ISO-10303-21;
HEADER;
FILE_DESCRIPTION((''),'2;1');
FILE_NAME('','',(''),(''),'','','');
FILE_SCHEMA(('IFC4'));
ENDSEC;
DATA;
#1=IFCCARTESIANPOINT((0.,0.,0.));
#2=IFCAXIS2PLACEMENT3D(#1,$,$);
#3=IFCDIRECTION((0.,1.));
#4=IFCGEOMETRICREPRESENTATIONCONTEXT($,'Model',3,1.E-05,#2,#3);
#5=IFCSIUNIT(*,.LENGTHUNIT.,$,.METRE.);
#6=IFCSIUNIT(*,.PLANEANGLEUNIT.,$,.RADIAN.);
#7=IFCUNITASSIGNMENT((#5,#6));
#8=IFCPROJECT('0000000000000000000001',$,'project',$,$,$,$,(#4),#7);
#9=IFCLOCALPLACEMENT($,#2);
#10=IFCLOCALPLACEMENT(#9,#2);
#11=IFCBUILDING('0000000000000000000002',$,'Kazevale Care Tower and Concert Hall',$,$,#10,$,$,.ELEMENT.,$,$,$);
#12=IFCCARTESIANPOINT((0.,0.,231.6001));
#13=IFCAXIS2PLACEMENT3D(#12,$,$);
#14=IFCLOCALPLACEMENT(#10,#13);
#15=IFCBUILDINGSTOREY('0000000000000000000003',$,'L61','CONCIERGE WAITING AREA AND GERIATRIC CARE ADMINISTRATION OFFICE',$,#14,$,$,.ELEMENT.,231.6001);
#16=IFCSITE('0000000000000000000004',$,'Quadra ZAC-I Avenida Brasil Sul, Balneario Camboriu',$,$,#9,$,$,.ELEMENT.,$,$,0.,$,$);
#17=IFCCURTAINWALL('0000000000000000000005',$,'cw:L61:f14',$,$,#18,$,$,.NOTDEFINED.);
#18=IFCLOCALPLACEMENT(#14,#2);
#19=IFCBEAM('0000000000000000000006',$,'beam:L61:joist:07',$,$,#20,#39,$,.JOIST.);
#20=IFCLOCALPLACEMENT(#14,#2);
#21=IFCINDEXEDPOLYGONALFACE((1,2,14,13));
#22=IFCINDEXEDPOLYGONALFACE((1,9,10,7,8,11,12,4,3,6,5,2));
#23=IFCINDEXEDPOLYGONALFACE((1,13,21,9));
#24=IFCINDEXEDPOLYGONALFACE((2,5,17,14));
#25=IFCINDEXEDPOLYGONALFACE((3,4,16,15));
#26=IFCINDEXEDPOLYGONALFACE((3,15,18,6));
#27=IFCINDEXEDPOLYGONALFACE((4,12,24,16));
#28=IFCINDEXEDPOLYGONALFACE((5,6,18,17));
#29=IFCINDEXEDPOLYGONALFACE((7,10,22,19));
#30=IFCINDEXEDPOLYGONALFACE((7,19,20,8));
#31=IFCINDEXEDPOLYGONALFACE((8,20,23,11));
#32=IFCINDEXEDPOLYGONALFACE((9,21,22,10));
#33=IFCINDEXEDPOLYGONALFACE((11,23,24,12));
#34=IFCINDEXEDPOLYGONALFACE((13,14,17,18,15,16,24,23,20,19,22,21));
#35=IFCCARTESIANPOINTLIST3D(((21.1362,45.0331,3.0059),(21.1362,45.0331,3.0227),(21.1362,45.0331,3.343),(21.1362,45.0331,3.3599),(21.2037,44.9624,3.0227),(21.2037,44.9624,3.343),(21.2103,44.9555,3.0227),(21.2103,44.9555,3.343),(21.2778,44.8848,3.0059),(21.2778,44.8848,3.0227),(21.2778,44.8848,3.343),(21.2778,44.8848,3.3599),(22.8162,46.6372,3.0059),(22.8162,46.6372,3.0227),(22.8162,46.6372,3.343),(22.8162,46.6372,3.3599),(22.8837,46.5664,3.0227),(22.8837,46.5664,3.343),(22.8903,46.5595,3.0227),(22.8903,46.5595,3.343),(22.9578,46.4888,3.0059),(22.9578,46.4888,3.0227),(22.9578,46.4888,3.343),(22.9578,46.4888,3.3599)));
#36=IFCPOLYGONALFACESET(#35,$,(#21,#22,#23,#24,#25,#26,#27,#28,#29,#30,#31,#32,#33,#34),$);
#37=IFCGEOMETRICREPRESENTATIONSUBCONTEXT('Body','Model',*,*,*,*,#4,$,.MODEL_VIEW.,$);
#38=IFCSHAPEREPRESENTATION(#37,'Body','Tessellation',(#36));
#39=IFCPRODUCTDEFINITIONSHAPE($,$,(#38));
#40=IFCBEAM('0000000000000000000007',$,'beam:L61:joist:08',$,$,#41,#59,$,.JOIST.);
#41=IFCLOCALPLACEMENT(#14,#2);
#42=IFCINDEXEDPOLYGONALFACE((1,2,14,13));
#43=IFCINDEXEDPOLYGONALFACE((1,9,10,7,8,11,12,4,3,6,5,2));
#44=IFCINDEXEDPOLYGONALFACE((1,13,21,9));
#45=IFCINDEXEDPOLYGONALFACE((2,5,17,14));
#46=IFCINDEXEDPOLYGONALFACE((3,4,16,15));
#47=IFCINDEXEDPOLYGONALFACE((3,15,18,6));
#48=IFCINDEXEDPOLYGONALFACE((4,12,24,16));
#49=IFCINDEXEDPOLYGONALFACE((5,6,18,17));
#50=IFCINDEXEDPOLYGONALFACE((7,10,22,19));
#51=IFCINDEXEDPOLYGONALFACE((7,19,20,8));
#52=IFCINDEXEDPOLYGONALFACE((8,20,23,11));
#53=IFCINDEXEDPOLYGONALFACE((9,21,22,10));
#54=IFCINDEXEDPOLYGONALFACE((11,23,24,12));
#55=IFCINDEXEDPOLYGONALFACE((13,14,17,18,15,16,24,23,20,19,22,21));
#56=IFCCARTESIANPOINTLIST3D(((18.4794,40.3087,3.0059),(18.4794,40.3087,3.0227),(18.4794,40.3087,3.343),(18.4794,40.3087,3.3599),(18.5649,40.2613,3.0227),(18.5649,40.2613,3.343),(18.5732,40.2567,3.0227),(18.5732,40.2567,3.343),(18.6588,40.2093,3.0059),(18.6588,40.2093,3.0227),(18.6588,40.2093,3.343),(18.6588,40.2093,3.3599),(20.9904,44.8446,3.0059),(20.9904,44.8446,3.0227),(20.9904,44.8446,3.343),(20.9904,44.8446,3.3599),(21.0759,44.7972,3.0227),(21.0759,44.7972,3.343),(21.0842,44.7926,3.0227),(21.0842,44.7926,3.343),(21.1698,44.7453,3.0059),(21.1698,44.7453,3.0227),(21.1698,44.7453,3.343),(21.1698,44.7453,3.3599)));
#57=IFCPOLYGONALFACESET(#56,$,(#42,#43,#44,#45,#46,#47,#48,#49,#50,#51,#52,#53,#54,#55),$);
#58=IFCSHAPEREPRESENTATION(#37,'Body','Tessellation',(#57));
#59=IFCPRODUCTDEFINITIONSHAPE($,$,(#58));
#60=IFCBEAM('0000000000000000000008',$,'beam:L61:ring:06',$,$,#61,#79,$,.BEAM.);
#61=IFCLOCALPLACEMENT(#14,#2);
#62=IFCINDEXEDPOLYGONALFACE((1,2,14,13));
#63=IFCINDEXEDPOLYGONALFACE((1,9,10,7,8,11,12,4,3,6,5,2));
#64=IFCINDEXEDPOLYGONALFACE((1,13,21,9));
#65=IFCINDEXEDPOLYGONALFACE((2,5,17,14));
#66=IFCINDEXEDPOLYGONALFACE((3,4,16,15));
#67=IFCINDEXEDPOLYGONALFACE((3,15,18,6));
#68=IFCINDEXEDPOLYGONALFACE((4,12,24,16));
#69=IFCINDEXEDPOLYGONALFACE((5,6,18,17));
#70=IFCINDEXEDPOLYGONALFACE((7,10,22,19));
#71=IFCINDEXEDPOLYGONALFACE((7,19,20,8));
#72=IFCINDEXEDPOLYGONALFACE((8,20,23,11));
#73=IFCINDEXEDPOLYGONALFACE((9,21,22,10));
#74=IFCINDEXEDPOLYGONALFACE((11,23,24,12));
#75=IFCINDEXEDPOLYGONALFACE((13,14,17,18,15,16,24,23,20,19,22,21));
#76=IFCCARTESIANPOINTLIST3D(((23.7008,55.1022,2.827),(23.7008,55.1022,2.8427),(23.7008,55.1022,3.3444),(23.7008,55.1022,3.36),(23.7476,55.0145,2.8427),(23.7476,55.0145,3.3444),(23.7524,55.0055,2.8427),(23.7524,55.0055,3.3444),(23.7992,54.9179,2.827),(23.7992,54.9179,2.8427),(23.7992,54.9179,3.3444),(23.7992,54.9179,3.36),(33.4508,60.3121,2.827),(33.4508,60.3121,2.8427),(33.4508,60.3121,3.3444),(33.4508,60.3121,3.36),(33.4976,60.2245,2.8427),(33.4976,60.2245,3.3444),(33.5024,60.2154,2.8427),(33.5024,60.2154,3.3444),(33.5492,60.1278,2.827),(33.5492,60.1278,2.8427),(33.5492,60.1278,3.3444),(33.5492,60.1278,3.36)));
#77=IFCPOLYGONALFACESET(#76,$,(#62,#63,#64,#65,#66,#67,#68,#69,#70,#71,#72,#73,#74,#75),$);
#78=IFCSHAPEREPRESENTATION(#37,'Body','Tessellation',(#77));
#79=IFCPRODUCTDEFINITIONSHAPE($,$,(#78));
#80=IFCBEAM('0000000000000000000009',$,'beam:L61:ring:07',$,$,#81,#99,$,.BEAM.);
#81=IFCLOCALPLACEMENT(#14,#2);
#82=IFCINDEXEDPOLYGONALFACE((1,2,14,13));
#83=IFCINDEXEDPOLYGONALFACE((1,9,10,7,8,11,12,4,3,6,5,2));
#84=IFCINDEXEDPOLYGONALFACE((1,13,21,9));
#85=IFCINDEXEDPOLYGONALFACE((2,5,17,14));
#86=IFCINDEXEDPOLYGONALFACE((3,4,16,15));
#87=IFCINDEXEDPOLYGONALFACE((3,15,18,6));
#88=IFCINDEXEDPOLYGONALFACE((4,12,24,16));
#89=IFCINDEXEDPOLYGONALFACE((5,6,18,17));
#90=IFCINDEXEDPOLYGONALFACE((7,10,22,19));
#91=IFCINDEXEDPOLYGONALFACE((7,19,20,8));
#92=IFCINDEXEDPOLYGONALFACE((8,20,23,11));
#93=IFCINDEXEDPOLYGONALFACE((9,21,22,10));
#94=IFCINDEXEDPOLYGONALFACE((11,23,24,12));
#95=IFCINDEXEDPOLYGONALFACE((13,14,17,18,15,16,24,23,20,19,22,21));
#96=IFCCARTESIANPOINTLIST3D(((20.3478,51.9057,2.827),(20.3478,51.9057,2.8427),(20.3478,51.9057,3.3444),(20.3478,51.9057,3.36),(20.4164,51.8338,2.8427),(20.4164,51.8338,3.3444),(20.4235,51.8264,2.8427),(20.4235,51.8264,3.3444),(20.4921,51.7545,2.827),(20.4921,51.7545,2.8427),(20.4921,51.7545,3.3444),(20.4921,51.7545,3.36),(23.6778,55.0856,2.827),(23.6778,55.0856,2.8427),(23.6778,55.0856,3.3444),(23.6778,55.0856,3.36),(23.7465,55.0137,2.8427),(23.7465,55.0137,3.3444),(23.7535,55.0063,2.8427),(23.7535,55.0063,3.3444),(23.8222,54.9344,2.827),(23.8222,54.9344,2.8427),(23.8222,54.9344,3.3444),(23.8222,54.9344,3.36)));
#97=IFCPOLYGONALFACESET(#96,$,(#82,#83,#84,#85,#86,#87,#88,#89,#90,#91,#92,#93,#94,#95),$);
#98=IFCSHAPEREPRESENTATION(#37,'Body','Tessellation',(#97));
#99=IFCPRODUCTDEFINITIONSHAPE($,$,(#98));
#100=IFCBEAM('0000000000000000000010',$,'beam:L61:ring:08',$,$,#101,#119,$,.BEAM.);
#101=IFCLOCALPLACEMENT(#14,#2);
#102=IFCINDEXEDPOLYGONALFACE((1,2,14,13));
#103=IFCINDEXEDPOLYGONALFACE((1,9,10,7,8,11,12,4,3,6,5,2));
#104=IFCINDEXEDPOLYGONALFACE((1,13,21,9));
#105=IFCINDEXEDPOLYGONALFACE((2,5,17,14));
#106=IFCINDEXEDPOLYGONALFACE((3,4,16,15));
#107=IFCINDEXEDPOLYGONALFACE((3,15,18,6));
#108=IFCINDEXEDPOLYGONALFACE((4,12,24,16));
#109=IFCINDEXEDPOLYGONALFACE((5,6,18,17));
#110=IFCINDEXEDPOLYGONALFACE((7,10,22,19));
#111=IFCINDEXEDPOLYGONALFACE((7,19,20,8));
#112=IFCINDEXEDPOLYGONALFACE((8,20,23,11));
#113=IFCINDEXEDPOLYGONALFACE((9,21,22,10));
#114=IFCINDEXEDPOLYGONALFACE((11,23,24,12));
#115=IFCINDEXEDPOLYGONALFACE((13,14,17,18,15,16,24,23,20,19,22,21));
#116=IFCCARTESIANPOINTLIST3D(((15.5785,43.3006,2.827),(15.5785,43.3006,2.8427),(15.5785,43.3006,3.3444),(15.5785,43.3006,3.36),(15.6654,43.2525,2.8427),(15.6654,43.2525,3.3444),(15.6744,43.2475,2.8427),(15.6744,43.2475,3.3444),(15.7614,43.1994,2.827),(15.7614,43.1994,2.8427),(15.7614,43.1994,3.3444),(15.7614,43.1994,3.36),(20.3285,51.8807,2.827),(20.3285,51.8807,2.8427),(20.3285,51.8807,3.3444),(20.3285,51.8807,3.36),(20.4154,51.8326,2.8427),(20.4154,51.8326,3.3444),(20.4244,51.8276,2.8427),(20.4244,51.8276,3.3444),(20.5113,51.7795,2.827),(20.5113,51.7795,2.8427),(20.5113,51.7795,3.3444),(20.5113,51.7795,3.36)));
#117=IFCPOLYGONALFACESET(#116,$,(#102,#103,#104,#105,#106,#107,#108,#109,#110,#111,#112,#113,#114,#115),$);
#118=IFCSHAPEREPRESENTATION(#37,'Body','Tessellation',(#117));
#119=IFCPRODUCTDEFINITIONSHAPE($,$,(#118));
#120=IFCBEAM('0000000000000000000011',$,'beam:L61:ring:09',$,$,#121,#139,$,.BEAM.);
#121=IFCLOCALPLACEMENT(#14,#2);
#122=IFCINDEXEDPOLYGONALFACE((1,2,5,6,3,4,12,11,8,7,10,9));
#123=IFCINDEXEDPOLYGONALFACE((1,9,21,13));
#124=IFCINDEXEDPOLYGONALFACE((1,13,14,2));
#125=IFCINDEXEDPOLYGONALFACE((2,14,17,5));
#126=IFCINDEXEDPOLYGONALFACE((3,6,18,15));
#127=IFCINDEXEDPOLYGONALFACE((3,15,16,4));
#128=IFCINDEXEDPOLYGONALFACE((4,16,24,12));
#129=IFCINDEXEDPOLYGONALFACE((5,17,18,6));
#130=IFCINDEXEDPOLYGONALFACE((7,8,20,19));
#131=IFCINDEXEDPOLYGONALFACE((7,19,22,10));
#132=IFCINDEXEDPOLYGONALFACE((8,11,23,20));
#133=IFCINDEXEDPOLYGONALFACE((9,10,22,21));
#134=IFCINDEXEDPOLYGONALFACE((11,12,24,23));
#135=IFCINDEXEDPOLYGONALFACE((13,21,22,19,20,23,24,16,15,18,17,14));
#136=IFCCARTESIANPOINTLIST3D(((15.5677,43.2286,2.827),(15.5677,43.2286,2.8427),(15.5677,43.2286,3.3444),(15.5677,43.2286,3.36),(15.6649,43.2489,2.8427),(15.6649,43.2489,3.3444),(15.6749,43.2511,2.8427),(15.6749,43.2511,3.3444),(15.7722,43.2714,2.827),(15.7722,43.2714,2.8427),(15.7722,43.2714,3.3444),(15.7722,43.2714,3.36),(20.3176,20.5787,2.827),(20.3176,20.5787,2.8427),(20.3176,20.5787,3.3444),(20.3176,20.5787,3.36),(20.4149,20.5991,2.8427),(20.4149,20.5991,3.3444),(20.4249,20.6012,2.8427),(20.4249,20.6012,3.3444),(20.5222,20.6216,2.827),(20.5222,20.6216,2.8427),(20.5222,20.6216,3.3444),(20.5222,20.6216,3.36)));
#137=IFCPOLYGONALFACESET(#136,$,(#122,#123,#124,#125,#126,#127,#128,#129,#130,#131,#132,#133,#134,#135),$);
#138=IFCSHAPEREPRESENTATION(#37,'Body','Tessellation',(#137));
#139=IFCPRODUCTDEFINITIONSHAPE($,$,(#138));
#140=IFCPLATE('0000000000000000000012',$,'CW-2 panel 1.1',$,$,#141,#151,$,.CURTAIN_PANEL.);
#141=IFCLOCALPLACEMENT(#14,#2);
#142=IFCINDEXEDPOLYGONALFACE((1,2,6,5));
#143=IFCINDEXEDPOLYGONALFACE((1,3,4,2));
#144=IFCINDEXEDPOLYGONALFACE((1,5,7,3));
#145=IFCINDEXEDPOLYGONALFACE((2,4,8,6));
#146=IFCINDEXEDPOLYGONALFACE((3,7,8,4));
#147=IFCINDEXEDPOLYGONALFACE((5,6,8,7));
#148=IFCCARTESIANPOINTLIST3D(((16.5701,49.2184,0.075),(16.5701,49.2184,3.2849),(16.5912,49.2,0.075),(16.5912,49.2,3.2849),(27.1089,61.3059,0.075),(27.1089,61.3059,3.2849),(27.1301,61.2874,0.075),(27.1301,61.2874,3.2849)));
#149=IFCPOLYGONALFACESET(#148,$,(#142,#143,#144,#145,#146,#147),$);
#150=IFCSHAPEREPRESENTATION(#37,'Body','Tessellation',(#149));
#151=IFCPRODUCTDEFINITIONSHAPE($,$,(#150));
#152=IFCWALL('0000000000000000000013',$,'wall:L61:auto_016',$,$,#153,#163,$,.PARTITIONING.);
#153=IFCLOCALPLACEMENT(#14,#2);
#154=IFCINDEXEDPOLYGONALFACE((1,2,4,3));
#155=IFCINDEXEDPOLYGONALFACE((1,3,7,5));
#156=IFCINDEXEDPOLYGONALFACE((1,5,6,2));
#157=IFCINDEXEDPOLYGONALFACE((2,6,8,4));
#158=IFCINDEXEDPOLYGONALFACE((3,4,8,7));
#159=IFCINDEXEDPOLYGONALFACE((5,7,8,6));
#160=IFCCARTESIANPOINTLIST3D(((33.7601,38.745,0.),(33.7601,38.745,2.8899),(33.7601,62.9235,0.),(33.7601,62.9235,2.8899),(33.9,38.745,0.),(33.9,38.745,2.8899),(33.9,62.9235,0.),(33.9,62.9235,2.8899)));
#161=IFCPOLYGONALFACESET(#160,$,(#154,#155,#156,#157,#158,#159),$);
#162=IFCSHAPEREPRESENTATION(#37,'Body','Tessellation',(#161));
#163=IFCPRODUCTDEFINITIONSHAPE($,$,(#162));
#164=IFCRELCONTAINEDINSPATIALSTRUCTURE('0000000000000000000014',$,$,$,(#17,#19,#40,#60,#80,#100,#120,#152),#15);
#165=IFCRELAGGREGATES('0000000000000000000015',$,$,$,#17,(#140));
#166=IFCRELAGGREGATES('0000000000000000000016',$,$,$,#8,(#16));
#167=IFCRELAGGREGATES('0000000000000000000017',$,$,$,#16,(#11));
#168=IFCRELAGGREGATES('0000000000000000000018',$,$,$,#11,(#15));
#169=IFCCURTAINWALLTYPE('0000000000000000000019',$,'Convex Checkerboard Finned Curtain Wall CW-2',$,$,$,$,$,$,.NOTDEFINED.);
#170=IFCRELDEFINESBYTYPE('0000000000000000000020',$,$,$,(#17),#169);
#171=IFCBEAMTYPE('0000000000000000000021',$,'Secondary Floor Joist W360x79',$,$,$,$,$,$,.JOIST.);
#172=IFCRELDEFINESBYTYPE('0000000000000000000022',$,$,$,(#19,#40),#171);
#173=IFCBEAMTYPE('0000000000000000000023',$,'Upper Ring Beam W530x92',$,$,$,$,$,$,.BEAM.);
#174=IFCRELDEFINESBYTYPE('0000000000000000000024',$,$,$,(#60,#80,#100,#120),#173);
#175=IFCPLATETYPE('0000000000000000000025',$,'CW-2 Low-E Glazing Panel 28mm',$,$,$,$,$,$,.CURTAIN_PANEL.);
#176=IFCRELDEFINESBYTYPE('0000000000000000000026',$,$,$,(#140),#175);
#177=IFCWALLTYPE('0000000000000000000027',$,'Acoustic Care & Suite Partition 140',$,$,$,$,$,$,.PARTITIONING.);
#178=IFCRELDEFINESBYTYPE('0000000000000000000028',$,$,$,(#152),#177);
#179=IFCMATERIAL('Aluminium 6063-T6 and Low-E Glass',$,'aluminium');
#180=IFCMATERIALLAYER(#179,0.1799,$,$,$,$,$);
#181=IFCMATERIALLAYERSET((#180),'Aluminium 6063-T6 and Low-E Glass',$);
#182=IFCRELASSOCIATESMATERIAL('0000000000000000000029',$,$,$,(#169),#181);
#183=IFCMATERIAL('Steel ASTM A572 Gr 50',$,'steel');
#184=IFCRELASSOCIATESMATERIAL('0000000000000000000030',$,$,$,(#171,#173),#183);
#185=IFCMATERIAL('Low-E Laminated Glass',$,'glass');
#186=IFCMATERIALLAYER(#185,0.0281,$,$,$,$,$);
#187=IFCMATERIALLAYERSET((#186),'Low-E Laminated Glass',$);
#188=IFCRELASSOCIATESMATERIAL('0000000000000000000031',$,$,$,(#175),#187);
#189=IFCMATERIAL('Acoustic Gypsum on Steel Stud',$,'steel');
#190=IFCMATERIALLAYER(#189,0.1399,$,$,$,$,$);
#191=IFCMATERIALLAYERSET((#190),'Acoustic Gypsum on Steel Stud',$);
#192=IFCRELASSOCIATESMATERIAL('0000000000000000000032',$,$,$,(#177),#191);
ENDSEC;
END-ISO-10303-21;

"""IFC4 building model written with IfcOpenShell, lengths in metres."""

from ifc_helpers import new_model, si_unit, direction, frame, frame_2d, origin, origin_2d, place, context, subcontext, project, spatial, rectangle, i_section, extrude, material, layer, layer_set, material_profile, profile_set, type_object, element, aggregate, save


model = new_model("IFC4")

# Units and contexts
model_context = context("Model", 3, precision=1e-05, world=origin(), true_north=direction((0.0, 1.0)))
body_context = subcontext(model_context, "Body", "Model", "MODEL_VIEW")
ifc_project = project(units=[si_unit("LENGTHUNIT", "METRE"), si_unit("PLANEANGLEUNIT", "RADIAN")], contexts=[model_context])

# Site, building, storey
site_placement = place(None, origin())
site = spatial("IfcSite", under=ifc_project, at=site_placement, Name="Quadra ZAC-I Avenida Brasil Sul, Balneario Camboriu", CompositionType="ELEMENT", RefElevation=0.0)
building_placement = place(site_placement, origin())
building = spatial("IfcBuilding", under=site, at=building_placement, Name="Kazevale Care Tower and Concert Hall", CompositionType="ELEMENT")
storey_placement = place(building_placement, frame((0.0, 0.0, 231.6001)))
storey = spatial("IfcBuildingStorey", under=building, at=storey_placement, Name="L61", Description="CONCIERGE WAITING AREA AND GERIATRIC CARE ADMINISTRATION OFFICE", CompositionType="ELEMENT", Elevation=231.6001)

# Curtain wall
ifc_material_1 = material(Name="Aluminium 6063-T6 and Low-E Glass", Category="aluminium")
ifc_layer_1 = layer(ifc_material_1, 0.1799)
ifc_layer_set_1 = layer_set([ifc_layer_1], Name="Aluminium 6063-T6 and Low-E Glass")
curtain_wall_type_1 = type_object("IfcCurtainWallType", Name="Convex Checkerboard Finned Curtain Wall CW-2", PredefinedType="NOTDEFINED", material=ifc_layer_set_1)
curtain_wall_1_placement = place(storey_placement, origin())
curtain_wall_1 = element("IfcCurtainWall", 1, at=curtain_wall_1_placement, inside=storey, type_object=curtain_wall_type_1, Name="cw:L61:f14", PredefinedType="NOTDEFINED")

# Beams
ifc_material_2 = material(Name="Steel ASTM A572 Gr 50", Category="steel")
ifc_material_profile_1 = material_profile(ifc_material_2, i_section(OverallWidth=0.2051, OverallDepth=0.354, WebThickness=0.0095, FlangeThickness=0.0168, at=origin_2d()), Name="W360x79")
ifc_profile_set_1 = profile_set([ifc_material_profile_1], Name="Steel ASTM A572 Gr 50")
beam_type_1 = type_object("IfcBeamType", Name="Secondary Floor Joist W360x79", PredefinedType="JOIST", material=ifc_profile_set_1)
beam_1_placement = place(storey_placement, frame((22.887, 46.563, 3.1829), z_axis=(-0.723262, -0.690573, 0.0), x_axis=(0.690573, -0.723262, 0.0)))
element("IfcBeam", 2, at=beam_1_placement, inside=storey, type_object=beam_type_1, Name="beam:L61:joist:07", PredefinedType="JOIST", context=body_context, shape_type="SweptSolid", body=[
    extrude(i_section(OverallWidth=0.2051, OverallDepth=0.354, WebThickness=0.0095, FlangeThickness=0.0168, at=origin_2d()), origin(), (0.0, 0.0, 1.0), 2.3228),
])
beam_2_placement = place(storey_placement, frame((21.0801, 44.7949, 3.1829), z_axis=(-0.484323, -0.874889, 0.0), x_axis=(0.874889, -0.484323, 0.0)))
element("IfcBeam", 3, at=beam_2_placement, inside=storey, type_object=beam_type_1, Name="beam:L61:joist:08", PredefinedType="JOIST", context=body_context, shape_type="SweptSolid", body=[
    extrude(i_section(OverallWidth=0.2051, OverallDepth=0.354, WebThickness=0.0095, FlangeThickness=0.0168, at=origin_2d()), origin(), (0.0, 0.0, 1.0), 5.1846),
])
ifc_material_profile_2 = material_profile(ifc_material_2, i_section(OverallWidth=0.209, OverallDepth=0.533, WebThickness=0.0103, FlangeThickness=0.0156, at=origin_2d()), Name="W530x92")
ifc_profile_set_2 = profile_set([ifc_material_profile_2], Name="Steel ASTM A572 Gr 50")
beam_type_2 = type_object("IfcBeamType", Name="Upper Ring Beam W530x92", PredefinedType="BEAM", material=ifc_profile_set_2)
beam_3_placement = place(storey_placement, frame((33.5, 60.22, 3.0935), z_axis=(-0.881979, -0.47129, 0.0), x_axis=(0.47129, -0.881979, 0.0)))
element("IfcBeam", 4, at=beam_3_placement, inside=storey, type_object=beam_type_2, Name="beam:L61:ring:06", PredefinedType="BEAM", context=body_context, shape_type="SweptSolid", body=[
    extrude(i_section(OverallWidth=0.209, OverallDepth=0.533, WebThickness=0.0103, FlangeThickness=0.0156, at=origin_2d()), origin(), (0.0, 0.0, 1.0), 11.0547),
])
beam_4_placement = place(storey_placement, frame((23.75, 55.01, 3.0935), z_axis=(-0.723223, -0.690614, 0.0), x_axis=(0.690614, -0.723223, 0.0)))
element("IfcBeam", 5, at=beam_4_placement, inside=storey, type_object=beam_type_2, Name="beam:L61:ring:07", PredefinedType="BEAM", context=body_context, shape_type="SweptSolid", body=[
    extrude(i_section(OverallWidth=0.209, OverallDepth=0.533, WebThickness=0.0103, FlangeThickness=0.0156, at=origin_2d()), origin(), (0.0, 0.0, 1.0), 4.6045),
])
beam_5_placement = place(storey_placement, frame((20.4199, 51.8301, 3.0935), z_axis=(-0.48434, -0.87488, 0.0), x_axis=(0.87488, -0.48434, 0.0)))
element("IfcBeam", 6, at=beam_5_placement, inside=storey, type_object=beam_type_2, Name="beam:L61:ring:08", PredefinedType="BEAM", context=body_context, shape_type="SweptSolid", body=[
    extrude(i_section(OverallWidth=0.209, OverallDepth=0.533, WebThickness=0.0103, FlangeThickness=0.0156, at=origin_2d()), origin(), (0.0, 0.0, 1.0), 9.8071),
])
beam_6_placement = place(storey_placement, frame((15.6699, 43.25, 3.0935), z_axis=(0.205249, -0.97871, 0.0), x_axis=(0.97871, 0.205249, 0.0)))
element("IfcBeam", 7, at=beam_6_placement, inside=storey, type_object=beam_type_2, Name="beam:L61:ring:09", PredefinedType="BEAM", context=body_context, shape_type="SweptSolid", body=[
    extrude(i_section(OverallWidth=0.209, OverallDepth=0.533, WebThickness=0.0103, FlangeThickness=0.0156, at=origin_2d()), origin(), (0.0, 0.0, 1.0), 23.1426),
])

# Plate
ifc_material_3 = material(Name="Low-E Laminated Glass", Category="glass")
ifc_layer_2 = layer(ifc_material_3, 0.0281)
ifc_layer_set_2 = layer_set([ifc_layer_2], Name="Low-E Laminated Glass")
plate_type = type_object("IfcPlateType", Name="CW-2 Low-E Glazing Panel 28mm", PredefinedType="CURTAIN_PANEL", material=ifc_layer_set_2)
plate_placement = place(storey_placement, frame((21.8501, 55.2529, 0.075), z_axis=(0.0, 0.0, 1.0), x_axis=(0.657175, 0.753738, 0.0)))
plate = element("IfcPlate", 8, at=plate_placement, type_object=plate_type, Name="CW-2 panel 1.1", PredefinedType="CURTAIN_PANEL", context=body_context, shape_type="SweptSolid", body=[
    extrude(rectangle(XDim=16.0366, YDim=0.0281, at=origin_2d()), origin(), (0.0, 0.0, 1.0), 3.21),
])
aggregate(curtain_wall_1, [plate])

# Wall
ifc_material_4 = material(Name="Acoustic Gypsum on Steel Stud", Category="steel")
ifc_layer_3 = layer(ifc_material_4, 0.1399)
ifc_layer_set_3 = layer_set([ifc_layer_3], Name="Acoustic Gypsum on Steel Stud")
wall_type_1 = type_object("IfcWallType", Name="Acoustic Care & Suite Partition 140", PredefinedType="PARTITIONING", material=ifc_layer_set_3)
wall_1_placement = place(storey_placement, frame((33.8301, 62.9236, 0.0), z_axis=(0.0, 0.0, 1.0), x_axis=(0.0, -1.0, 0.0)))
element("IfcWall", 9, at=wall_1_placement, inside=storey, type_object=wall_type_1, Name="wall:L61:auto_016", PredefinedType="PARTITIONING", context=body_context, shape_type="SweptSolid", body=[
    extrude(rectangle(XDim=24.1785, YDim=0.1399, at=frame_2d((12.0894, 0.0))), origin(), (0.0, 0.0, 1.0), 2.8899),
])

save(model, "model.ifc")
